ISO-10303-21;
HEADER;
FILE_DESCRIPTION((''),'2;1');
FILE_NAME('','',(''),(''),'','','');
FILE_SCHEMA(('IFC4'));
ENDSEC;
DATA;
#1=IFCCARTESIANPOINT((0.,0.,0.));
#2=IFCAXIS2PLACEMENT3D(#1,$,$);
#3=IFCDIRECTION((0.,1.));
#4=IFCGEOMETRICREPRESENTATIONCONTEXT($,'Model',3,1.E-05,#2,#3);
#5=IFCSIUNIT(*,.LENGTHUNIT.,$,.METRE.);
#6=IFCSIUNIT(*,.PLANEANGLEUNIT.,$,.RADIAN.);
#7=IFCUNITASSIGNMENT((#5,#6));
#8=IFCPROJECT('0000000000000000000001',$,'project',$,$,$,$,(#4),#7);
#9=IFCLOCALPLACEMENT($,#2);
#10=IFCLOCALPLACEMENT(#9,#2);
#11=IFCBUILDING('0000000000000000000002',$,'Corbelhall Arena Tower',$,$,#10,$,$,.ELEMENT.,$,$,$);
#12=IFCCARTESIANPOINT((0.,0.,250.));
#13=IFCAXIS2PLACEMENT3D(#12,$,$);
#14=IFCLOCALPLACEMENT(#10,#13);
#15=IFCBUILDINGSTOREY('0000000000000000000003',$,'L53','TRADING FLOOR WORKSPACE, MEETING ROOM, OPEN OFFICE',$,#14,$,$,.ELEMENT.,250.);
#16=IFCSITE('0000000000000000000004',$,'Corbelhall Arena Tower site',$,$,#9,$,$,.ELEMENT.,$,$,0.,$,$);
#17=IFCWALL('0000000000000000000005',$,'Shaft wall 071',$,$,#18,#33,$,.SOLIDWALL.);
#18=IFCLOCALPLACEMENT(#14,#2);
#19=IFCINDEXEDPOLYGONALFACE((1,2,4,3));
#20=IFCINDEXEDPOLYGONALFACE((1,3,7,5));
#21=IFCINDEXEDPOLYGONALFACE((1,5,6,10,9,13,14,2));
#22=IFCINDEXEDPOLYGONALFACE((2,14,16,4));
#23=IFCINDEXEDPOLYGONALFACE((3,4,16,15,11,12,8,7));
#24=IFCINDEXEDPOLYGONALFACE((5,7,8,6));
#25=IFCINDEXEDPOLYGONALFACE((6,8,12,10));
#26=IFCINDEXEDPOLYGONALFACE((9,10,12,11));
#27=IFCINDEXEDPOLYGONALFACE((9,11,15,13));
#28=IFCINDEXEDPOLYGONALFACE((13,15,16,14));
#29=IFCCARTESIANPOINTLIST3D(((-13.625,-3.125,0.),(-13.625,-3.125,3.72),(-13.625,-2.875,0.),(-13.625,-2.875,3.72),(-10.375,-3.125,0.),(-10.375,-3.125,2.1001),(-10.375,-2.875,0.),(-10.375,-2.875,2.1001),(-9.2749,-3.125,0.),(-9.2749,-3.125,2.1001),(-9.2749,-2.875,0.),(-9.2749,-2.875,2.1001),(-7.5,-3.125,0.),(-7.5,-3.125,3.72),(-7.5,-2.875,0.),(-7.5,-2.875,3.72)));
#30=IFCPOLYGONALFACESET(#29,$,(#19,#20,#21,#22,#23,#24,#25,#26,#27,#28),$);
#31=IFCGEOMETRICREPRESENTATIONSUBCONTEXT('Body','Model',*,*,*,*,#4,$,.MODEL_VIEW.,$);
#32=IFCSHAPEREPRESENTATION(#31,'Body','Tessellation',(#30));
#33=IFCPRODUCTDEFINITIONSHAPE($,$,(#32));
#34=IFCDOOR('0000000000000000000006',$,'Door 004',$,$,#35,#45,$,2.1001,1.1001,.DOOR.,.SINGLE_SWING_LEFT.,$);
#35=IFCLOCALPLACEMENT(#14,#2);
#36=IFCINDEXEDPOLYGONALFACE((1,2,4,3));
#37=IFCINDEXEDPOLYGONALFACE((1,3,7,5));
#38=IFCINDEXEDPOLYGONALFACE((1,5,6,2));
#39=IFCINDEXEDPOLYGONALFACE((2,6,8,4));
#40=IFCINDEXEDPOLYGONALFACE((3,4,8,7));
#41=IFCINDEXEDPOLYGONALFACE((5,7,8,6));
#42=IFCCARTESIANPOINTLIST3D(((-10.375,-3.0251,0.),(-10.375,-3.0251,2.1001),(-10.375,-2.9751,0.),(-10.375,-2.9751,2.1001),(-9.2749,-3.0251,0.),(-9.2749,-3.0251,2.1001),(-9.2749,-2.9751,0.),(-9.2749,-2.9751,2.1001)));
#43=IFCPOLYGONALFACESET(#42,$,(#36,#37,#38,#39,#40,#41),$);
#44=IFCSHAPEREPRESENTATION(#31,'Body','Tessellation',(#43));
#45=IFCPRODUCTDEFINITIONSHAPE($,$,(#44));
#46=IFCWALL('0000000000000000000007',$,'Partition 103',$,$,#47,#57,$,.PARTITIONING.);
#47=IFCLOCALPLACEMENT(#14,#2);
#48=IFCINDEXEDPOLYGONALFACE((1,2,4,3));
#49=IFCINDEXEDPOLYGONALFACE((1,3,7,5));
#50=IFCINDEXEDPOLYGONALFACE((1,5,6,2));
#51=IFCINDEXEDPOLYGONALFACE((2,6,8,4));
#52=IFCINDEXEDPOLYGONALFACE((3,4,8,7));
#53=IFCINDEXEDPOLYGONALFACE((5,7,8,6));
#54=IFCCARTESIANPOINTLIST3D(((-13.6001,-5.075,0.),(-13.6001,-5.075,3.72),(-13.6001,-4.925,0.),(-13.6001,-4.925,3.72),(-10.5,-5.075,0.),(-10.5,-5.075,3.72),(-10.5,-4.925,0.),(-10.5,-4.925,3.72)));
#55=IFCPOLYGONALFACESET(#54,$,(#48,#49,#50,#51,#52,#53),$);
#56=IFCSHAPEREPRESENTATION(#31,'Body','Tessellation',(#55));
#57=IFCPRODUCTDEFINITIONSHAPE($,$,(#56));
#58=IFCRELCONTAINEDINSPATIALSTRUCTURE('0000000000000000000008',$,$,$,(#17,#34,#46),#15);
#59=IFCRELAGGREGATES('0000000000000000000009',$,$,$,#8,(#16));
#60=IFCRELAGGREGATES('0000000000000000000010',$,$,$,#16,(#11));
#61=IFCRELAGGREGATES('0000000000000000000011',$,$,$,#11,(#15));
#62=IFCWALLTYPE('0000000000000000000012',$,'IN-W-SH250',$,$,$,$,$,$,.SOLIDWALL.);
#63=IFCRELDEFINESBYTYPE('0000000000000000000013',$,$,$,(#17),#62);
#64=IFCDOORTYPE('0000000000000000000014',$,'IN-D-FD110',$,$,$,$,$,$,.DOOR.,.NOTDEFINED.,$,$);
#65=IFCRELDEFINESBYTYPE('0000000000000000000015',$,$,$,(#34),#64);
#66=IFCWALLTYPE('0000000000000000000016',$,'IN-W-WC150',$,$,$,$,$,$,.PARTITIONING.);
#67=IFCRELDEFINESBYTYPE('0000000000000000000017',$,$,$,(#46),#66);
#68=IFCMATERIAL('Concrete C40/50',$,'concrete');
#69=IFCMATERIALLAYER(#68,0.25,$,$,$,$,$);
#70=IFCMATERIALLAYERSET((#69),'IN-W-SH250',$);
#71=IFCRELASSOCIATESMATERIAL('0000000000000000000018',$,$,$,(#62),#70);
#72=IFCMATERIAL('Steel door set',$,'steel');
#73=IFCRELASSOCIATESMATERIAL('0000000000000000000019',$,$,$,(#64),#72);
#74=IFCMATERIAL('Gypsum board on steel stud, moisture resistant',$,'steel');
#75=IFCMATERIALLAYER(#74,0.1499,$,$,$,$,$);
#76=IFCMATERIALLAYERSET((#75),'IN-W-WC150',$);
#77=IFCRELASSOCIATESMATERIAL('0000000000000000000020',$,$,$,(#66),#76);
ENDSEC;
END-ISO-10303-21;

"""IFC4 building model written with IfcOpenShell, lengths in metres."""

from ifc_helpers import new_model, si_unit, direction, frame, frame_2d, origin, place, context, subcontext, project, spatial, rectangle, extrude, material, layer, layer_set, type_object, element, fill, save


model = new_model("IFC4")

# Units and contexts
model_context = context("Model", 3, precision=1e-05, world=origin(), true_north=direction((0.0, 1.0)))
body_context = subcontext(model_context, "Body", "Model", "MODEL_VIEW")
ifc_project = project(units=[si_unit("LENGTHUNIT", "METRE"), si_unit("PLANEANGLEUNIT", "RADIAN")], contexts=[model_context])

# Site, building, storey
site_placement = place(None, origin())
site = spatial("IfcSite", under=ifc_project, at=site_placement, Name="Corbelhall Arena Tower site", CompositionType="ELEMENT", RefElevation=0.0)
building_placement = place(site_placement, origin())
building = spatial("IfcBuilding", under=site, at=building_placement, Name="Corbelhall Arena Tower", CompositionType="ELEMENT")
storey_placement = place(building_placement, frame((0.0, 0.0, 250.0)))
storey = spatial("IfcBuildingStorey", under=building, at=storey_placement, Name="L53", Description="TRADING FLOOR WORKSPACE, MEETING ROOM, OPEN OFFICE", CompositionType="ELEMENT", Elevation=250.0)

# Shared definitions
ifc_material_1 = material(Name="Steel door set", Category="steel")

# Shared definitions
ifc_material_2 = material(Name="Concrete C40/50", Category="concrete")
ifc_layer_1 = layer(ifc_material_2, 0.25)
ifc_layer_set_1 = layer_set([ifc_layer_1], Name="IN-W-SH250")
wall_type_1 = type_object("IfcWallType", Name="IN-W-SH250", PredefinedType="SOLIDWALL", material=ifc_layer_set_1)

# Wall, opening, door
wall_1_placement = place(storey_placement, frame((-13.625, -3.0, 0.0), z_axis=(0.0, 0.0, 1.0), x_axis=(1.0, 0.0, 0.0)))
wall_1 = element("IfcWall", 1, at=wall_1_placement, inside=storey, type_object=wall_type_1, Name="Shaft wall 071", PredefinedType="SOLIDWALL", context=body_context, shape_type="SweptSolid", body=[
    extrude(rectangle(XDim=6.125, YDim=0.25, at=frame_2d((3.0625, 0.0))), origin(), (0.0, 0.0, 1.0), 3.72),
])
opening_1_placement = place(wall_1_placement, frame((3.25, 0.0, 0.0)))
opening_1 = element("IfcOpeningElement", 2, at=opening_1_placement, cuts=wall_1, PredefinedType="OPENING", context=body_context, shape_type="SweptSolid", body=[
    extrude(rectangle(XDim=1.1001, YDim=2.1001, at=frame_2d((0.55, 1.05))), frame((0.0, 0.125, 0.0), z_axis=(0.0, -1.0, 0.0), x_axis=(1.0, 0.0, 0.0)), (0.0, 0.0, 1.0), 0.25),
])
door_type_1 = type_object("IfcDoorType", Name="IN-D-FD110", OperationType="NOTDEFINED", PredefinedType="DOOR", material=ifc_material_1)
door_1_placement = place(opening_1_placement, origin())
door_1 = element("IfcDoor", 3, at=door_1_placement, inside=storey, type_object=door_type_1, Name="Door 004", OperationType="SINGLE_SWING_LEFT", OverallHeight=2.1001, OverallWidth=1.1001, PredefinedType="DOOR", context=body_context, shape_type="SweptSolid", body=[
    extrude(rectangle(XDim=1.1001, YDim=2.1001, at=frame_2d((0.55, 1.05))), frame((0.0, 0.0249, 0.0), z_axis=(0.0, -1.0, 0.0), x_axis=(1.0, 0.0, 0.0)), (0.0, 0.0, 1.0), 0.05),
])
fill(opening_1, door_1)

# Wall
ifc_material_3 = material(Name="Gypsum board on steel stud, moisture resistant", Category="steel")
ifc_layer_2 = layer(ifc_material_3, 0.1499)
ifc_layer_set_2 = layer_set([ifc_layer_2], Name="IN-W-WC150")
wall_type_2 = type_object("IfcWallType", Name="IN-W-WC150", PredefinedType="PARTITIONING", material=ifc_layer_set_2)
wall_2_placement = place(storey_placement, frame((-13.6001, -5.0, 0.0), z_axis=(0.0, 0.0, 1.0), x_axis=(1.0, 0.0, 0.0)))
element("IfcWall", 4, at=wall_2_placement, inside=storey, type_object=wall_type_2, Name="Partition 103", PredefinedType="PARTITIONING", context=body_context, shape_type="SweptSolid", body=[
    extrude(rectangle(XDim=3.1001, YDim=0.1499, at=frame_2d((1.55, 0.0))), origin(), (0.0, 0.0, 1.0), 3.72),
])

save(model, "model.ifc")
